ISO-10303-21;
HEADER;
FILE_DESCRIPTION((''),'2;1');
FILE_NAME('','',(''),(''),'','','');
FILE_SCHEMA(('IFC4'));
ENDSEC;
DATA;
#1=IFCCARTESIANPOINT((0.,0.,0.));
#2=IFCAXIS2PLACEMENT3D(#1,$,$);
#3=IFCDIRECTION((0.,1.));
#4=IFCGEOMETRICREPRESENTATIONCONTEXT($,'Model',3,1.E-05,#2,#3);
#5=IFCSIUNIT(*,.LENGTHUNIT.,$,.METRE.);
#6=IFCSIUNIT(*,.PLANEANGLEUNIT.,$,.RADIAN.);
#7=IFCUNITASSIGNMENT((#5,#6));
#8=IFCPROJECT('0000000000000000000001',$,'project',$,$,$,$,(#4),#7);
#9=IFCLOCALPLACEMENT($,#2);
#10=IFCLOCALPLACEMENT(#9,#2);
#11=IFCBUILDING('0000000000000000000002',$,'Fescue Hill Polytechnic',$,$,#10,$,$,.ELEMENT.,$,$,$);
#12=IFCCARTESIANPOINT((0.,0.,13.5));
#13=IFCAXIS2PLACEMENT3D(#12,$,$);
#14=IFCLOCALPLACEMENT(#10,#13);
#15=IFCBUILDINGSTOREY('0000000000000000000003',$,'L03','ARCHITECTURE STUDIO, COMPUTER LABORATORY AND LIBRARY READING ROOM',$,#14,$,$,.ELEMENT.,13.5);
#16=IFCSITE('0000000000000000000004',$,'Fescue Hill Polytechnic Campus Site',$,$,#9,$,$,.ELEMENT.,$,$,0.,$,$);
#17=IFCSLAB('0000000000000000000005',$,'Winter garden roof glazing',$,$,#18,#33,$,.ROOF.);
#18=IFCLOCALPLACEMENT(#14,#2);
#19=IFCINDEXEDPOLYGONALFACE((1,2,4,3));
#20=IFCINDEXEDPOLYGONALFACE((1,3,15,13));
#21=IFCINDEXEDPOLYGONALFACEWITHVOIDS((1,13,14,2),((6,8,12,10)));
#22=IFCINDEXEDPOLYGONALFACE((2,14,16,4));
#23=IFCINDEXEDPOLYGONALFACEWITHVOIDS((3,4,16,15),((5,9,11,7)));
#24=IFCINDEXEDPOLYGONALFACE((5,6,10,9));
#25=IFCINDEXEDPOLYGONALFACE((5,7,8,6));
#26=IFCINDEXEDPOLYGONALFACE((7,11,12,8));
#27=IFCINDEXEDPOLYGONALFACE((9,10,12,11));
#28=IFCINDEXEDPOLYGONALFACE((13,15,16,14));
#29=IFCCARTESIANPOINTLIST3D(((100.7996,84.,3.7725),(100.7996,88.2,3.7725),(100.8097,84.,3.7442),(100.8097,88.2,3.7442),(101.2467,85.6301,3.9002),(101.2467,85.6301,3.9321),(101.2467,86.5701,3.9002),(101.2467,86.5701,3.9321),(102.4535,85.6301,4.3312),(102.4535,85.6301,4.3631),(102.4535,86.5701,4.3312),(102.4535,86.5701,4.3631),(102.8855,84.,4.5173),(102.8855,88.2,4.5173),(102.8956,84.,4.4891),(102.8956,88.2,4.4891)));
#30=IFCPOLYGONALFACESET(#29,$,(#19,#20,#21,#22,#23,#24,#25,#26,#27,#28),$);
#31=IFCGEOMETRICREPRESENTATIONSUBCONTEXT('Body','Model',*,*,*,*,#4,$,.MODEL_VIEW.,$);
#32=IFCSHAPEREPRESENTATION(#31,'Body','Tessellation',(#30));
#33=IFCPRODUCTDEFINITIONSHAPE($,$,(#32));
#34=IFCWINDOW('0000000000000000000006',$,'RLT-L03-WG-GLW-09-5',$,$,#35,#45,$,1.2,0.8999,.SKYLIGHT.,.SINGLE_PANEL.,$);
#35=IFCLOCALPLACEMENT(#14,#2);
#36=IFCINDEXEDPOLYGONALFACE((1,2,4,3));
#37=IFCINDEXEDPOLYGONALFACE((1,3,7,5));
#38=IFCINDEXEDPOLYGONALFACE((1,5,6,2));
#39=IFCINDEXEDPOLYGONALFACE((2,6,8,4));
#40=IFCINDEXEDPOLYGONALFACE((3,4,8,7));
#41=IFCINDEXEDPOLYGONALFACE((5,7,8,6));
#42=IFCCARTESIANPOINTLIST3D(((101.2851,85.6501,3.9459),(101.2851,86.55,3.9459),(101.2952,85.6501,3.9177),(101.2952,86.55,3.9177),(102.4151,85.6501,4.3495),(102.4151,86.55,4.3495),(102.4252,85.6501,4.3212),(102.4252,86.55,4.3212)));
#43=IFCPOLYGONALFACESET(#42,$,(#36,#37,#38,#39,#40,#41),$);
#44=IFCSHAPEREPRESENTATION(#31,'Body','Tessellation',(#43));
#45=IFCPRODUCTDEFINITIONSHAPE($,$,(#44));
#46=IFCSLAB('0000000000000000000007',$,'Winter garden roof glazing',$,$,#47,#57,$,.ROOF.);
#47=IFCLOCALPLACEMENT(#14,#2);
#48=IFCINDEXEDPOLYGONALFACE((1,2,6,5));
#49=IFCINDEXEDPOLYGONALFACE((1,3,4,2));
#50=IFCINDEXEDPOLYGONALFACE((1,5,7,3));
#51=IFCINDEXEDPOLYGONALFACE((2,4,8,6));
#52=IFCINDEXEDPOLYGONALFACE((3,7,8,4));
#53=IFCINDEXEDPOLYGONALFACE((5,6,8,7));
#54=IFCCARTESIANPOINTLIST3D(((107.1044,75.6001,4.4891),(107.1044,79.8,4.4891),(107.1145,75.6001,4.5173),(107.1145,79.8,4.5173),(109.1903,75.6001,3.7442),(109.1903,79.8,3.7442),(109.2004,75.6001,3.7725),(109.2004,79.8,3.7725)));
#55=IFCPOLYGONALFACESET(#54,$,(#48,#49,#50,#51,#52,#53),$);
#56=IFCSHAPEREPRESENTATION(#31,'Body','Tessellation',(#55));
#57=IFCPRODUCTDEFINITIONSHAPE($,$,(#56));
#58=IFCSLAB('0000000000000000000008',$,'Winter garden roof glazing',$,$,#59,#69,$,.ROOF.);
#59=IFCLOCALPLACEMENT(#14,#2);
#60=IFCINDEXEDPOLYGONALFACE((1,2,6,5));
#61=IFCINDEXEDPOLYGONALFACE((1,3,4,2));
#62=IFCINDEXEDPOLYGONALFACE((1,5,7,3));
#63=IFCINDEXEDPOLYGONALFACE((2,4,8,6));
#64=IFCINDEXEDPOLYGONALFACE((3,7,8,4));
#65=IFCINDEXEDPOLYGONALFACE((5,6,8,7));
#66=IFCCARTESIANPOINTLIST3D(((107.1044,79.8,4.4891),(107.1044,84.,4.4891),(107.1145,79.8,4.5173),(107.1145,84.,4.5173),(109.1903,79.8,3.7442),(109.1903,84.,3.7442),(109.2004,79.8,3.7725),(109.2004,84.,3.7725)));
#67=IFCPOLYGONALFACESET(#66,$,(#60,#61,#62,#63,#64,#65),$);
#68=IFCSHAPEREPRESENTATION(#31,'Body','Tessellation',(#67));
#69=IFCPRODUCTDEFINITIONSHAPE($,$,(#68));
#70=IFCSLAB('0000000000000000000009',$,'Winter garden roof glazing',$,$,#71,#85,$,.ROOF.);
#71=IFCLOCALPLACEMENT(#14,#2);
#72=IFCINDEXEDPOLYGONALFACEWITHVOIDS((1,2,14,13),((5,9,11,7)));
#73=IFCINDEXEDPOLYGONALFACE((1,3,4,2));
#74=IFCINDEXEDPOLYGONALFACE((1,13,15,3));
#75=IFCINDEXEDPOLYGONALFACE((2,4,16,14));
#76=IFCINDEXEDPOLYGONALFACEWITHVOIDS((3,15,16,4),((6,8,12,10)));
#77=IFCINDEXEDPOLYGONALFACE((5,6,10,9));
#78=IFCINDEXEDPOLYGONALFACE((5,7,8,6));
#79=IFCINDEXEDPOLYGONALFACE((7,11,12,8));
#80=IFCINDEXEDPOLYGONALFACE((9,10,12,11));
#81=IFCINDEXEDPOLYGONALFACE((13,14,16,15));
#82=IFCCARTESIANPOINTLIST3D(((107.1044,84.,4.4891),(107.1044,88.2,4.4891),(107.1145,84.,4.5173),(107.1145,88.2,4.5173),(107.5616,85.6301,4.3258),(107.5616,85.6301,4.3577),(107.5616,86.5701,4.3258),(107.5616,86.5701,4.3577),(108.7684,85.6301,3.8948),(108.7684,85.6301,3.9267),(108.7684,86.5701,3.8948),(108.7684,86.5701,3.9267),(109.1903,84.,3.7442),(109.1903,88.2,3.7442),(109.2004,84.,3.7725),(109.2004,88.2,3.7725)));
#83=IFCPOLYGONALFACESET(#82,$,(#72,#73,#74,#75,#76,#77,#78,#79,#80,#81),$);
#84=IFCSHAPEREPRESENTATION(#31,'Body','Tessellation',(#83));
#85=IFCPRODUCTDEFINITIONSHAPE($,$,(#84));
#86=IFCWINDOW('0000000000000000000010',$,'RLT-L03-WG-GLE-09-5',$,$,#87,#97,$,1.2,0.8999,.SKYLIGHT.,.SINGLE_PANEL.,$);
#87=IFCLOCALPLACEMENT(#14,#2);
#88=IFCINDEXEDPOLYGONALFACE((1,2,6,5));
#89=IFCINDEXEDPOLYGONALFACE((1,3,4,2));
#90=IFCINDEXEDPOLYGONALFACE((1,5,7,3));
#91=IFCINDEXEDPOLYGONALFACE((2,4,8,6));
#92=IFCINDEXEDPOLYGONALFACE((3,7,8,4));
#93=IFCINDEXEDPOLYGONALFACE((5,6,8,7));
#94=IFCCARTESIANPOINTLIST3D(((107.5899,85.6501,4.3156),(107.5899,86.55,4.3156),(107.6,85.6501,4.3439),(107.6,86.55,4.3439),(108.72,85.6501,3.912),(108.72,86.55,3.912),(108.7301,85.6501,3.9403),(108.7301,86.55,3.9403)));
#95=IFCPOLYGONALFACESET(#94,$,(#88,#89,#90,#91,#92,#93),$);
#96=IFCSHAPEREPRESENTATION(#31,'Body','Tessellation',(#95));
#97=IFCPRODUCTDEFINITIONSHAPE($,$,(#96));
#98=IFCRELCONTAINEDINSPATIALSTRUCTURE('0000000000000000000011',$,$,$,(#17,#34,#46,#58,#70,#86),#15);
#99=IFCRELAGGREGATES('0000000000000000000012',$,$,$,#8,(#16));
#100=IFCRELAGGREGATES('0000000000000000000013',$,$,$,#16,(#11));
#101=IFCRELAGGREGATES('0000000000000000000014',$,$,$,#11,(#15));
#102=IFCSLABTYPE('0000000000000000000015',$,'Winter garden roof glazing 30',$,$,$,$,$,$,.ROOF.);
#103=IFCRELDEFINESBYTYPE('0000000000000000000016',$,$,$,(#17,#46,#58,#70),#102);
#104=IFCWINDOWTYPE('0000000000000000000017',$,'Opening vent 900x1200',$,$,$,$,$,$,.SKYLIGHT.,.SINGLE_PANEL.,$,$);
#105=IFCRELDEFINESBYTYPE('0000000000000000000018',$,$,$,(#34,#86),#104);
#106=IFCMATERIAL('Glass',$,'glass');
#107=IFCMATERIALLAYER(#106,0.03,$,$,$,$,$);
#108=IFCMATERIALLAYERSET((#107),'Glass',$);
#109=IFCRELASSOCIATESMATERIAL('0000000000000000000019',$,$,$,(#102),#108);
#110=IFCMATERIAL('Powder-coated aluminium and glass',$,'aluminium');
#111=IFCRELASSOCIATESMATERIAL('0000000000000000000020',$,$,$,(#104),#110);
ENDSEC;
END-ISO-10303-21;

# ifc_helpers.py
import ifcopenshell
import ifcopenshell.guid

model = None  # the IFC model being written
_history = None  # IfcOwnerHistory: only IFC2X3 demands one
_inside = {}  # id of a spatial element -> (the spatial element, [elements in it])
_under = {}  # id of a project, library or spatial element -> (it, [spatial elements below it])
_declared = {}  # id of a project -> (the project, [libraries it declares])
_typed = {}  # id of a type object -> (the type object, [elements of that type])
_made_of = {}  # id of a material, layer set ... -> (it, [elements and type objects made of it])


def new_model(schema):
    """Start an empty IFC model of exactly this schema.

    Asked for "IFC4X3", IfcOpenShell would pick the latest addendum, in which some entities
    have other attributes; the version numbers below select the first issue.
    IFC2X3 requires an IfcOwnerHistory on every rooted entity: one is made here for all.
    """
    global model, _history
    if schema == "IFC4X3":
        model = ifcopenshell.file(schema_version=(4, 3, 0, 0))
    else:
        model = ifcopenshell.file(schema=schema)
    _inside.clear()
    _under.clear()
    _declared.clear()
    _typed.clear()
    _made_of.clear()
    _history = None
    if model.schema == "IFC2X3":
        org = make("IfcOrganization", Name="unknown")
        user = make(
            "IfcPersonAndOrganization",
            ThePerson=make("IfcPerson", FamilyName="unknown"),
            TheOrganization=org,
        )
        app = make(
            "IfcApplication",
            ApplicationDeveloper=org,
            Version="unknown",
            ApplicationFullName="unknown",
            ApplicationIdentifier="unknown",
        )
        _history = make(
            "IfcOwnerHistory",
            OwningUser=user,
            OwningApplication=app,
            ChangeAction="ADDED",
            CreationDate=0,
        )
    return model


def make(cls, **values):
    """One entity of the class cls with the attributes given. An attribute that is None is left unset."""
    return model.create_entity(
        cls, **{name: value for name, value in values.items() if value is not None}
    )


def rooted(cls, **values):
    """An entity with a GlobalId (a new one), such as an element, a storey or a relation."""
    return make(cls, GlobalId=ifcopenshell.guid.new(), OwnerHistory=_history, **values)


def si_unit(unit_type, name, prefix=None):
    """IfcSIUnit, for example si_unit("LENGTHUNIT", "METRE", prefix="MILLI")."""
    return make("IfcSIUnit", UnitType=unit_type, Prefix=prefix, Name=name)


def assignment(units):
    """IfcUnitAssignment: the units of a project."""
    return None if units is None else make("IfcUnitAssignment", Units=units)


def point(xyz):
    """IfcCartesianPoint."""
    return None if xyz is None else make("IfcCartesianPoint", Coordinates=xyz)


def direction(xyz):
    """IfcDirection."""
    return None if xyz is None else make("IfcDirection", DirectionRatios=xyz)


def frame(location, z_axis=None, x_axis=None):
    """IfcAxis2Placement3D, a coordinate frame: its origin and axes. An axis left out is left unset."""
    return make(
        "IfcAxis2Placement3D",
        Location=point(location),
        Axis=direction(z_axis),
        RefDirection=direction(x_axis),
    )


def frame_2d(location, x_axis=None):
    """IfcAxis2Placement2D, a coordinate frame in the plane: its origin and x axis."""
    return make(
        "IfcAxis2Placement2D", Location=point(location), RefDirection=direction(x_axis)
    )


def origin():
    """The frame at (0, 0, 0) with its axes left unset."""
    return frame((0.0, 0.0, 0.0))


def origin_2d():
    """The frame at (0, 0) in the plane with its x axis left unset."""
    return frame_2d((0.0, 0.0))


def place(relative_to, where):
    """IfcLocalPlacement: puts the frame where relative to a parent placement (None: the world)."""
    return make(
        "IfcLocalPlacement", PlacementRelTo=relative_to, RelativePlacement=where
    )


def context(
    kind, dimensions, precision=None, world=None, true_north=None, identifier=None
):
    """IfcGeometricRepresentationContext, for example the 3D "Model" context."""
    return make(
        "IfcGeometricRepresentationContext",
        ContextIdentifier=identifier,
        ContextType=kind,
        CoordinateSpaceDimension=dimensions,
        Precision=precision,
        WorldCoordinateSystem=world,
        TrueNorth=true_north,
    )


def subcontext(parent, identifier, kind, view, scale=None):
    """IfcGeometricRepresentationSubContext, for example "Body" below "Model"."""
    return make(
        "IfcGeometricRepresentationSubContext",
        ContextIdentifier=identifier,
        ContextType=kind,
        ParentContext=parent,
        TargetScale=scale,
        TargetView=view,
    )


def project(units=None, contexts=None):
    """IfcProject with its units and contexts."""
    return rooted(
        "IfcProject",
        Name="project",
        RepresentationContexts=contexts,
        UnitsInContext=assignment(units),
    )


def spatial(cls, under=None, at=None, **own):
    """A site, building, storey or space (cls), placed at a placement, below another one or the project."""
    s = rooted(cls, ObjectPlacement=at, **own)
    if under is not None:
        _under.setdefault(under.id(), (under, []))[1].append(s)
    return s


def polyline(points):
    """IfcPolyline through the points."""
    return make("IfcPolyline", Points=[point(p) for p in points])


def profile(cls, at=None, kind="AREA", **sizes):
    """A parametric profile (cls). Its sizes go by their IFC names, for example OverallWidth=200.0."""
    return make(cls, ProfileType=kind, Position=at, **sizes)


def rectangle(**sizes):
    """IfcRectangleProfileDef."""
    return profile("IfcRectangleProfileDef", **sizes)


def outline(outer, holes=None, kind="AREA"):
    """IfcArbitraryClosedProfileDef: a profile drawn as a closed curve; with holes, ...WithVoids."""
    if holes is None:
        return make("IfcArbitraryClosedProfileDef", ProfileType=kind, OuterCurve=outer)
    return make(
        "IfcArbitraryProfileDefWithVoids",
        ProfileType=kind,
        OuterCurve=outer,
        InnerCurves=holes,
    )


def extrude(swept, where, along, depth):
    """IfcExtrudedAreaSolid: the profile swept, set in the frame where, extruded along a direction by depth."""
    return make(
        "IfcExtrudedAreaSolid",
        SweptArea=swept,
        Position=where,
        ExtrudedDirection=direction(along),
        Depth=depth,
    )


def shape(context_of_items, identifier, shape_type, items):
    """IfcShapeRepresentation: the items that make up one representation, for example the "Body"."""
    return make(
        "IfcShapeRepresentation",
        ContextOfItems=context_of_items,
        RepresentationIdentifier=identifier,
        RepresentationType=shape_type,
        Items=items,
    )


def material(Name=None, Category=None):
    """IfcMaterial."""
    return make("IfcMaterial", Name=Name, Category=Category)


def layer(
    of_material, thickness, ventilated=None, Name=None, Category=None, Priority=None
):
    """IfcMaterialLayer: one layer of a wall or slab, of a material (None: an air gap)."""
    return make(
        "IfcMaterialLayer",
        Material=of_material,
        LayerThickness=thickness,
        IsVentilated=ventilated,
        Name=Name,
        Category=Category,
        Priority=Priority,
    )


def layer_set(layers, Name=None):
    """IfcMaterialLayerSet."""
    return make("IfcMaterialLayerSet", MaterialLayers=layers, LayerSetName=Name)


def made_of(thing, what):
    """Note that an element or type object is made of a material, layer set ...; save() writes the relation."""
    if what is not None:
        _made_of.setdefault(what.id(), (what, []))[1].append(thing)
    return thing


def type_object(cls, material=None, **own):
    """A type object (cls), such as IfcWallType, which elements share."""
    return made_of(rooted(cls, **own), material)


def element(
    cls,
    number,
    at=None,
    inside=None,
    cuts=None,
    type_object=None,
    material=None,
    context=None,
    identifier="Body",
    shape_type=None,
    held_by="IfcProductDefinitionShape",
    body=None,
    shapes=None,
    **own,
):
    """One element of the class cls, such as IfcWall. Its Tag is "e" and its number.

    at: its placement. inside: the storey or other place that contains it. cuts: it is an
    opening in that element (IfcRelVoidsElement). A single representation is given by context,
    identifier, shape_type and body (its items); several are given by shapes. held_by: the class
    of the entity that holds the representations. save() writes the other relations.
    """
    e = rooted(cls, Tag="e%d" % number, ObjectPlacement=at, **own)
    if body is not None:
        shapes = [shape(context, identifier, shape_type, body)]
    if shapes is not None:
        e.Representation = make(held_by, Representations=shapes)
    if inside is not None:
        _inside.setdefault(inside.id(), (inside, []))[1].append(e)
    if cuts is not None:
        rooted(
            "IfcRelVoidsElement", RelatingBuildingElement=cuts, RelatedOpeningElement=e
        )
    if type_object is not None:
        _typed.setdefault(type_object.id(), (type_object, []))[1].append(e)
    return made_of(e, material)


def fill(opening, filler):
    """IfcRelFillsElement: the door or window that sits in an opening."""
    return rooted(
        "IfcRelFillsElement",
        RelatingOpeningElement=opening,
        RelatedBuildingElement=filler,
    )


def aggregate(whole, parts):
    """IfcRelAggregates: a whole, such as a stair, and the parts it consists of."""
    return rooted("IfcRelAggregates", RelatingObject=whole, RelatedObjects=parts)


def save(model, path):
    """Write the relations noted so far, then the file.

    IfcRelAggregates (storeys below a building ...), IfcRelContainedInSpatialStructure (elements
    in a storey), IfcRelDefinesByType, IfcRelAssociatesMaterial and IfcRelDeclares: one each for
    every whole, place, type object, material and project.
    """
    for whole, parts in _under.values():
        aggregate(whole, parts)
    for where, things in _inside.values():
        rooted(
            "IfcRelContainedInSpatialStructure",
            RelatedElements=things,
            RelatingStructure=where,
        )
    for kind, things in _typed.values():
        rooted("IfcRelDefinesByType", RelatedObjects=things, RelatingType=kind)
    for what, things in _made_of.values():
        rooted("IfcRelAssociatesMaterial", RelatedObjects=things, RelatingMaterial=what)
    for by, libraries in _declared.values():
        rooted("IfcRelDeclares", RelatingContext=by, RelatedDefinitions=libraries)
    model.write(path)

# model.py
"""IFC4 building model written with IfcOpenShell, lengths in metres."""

from ifc_helpers import new_model, si_unit, direction, frame, origin, origin_2d, place, context, subcontext, project, spatial, polyline, rectangle, outline, extrude, material, layer, layer_set, type_object, element, fill, save


model = new_model("IFC4")

# Units and contexts
model_context = context("Model", 3, precision=1e-05, world=origin(), true_north=direction((0.0, 1.0)))
body_context = subcontext(model_context, "Body", "Model", "MODEL_VIEW")
ifc_project = project(units=[si_unit("LENGTHUNIT", "METRE"), si_unit("PLANEANGLEUNIT", "RADIAN")], contexts=[model_context])

# Site, building, storey
site_placement = place(None, origin())
site = spatial("IfcSite", under=ifc_project, at=site_placement, Name="Fescue Hill Polytechnic Campus Site", CompositionType="ELEMENT", RefElevation=0.0)
building_placement = place(site_placement, origin())
building = spatial("IfcBuilding", under=site, at=building_placement, Name="Fescue Hill Polytechnic", CompositionType="ELEMENT")
storey_placement = place(building_placement, frame((0.0, 0.0, 13.5)))
storey = spatial("IfcBuildingStorey", under=building, at=storey_placement, Name="L03", Description="ARCHITECTURE STUDIO, COMPUTER LABORATORY AND LIBRARY READING ROOM", CompositionType="ELEMENT", Elevation=13.5)

# Shared definitions
ifc_material_1 = material(Name="Glass", Category="glass")
ifc_layer = layer(ifc_material_1, 0.03)
ifc_layer_set = layer_set([ifc_layer], Name="Glass")
slab_type = type_object("IfcSlabType", Name="Winter garden roof glazing 30", PredefinedType="ROOF", material=ifc_layer_set)

# Slab, opening, window
slab_1_placement = place(storey_placement, frame((100.7996, 84.0, 3.7725), z_axis=(-0.336295, 0.0, 0.941757), x_axis=(0.0, 1.0, 0.0)))
slab_1 = element("IfcSlab", 1, at=slab_1_placement, inside=storey, type_object=slab_type, Name="Winter garden roof glazing", PredefinedType="ROOF", context=body_context, shape_type="SweptSolid", body=[
    extrude(outline(polyline([(0.0, 0.0), (4.2, 0.0), (4.2, -2.2149), (0.0, -2.2149), (0.0, 0.0)])), origin(), (0.0, 0.0, -1.0), 0.03),
])
opening_1_placement = place(storey_placement, frame((101.8501, 86.1001, 3.8015)))
opening_1 = element("IfcOpeningElement", 2, at=opening_1_placement, cuts=slab_1, PredefinedType="OPENING", context=body_context, shape_type="SweptSolid", body=[
    extrude(rectangle(XDim=1.2068, YDim=0.9399, at=origin_2d()), origin(), (0.0, 0.0, 1.0), 0.6604),
])
ifc_material_2 = material(Name="Powder-coated aluminium and glass", Category="aluminium")
window_type = type_object("IfcWindowType", Name="Opening vent 900x1200", PartitioningType="SINGLE_PANEL", PredefinedType="SKYLIGHT", material=ifc_material_2)
window_1_placement = place(storey_placement, frame((101.8501, 86.1001, 4.1477), z_axis=(-0.336295, 0.0, 0.941757), x_axis=(0.0, 1.0, 0.0)))
window_1 = element("IfcWindow", 3, at=window_1_placement, inside=storey, type_object=window_type, Name="RLT-L03-WG-GLW-09-5", OverallHeight=1.2, OverallWidth=0.8999, PartitioningType="SINGLE_PANEL", PredefinedType="SKYLIGHT", context=body_context, shape_type="SweptSolid", body=[
    extrude(rectangle(XDim=0.8999, YDim=1.2, at=origin_2d()), origin(), (0.0, 0.0, -1.0), 0.03),
])
fill(opening_1, window_1)

# Slabs
for number, where, z_axis, x_axis, name in (
    (4, (109.2004, 75.6001, 3.7725), (0.336295, 0.0, 0.941757), (0.0, 1.0, 0.0), "Winter garden roof glazing"),
    (5, (109.2004, 79.8, 3.7725), (0.336295, 0.0, 0.941757), (0.0, 1.0, 0.0), "Winter garden roof glazing"),
):
    element("IfcSlab", number, at=place(storey_placement, frame(where, z_axis=z_axis, x_axis=x_axis)), inside=storey, type_object=slab_type, Name=name, PredefinedType="ROOF", context=body_context, shape_type="SweptSolid", body=[
        extrude(outline(polyline([(0.0, 0.0), (4.2, 0.0), (4.2, 2.2149), (0.0, 2.2149), (0.0, 0.0)])), origin(), (0.0, 0.0, -1.0), 0.03),
    ])

# Slab, opening, window
slab_2_placement = place(storey_placement, frame((109.2004, 84.0, 3.7725), z_axis=(0.336295, 0.0, 0.941757), x_axis=(0.0, 1.0, 0.0)))
slab_2 = element("IfcSlab", 6, at=slab_2_placement, inside=storey, type_object=slab_type, Name="Winter garden roof glazing", PredefinedType="ROOF", context=body_context, shape_type="SweptSolid", body=[
    extrude(outline(polyline([(0.0, 0.0), (4.2, 0.0), (4.2, 2.2149), (0.0, 2.2149), (0.0, 0.0)])), origin(), (0.0, 0.0, -1.0), 0.03),
])
opening_2_placement = place(storey_placement, frame((108.165, 86.1001, 3.7961)))
opening_2 = element("IfcOpeningElement", 7, at=opening_2_placement, cuts=slab_2, PredefinedType="OPENING", context=body_context, shape_type="SweptSolid", body=[
    extrude(rectangle(XDim=1.2068, YDim=0.9399, at=origin_2d()), origin(), (0.0, 0.0, 1.0), 0.6604),
])
window_2_placement = place(storey_placement, frame((108.165, 86.1001, 4.1421), z_axis=(0.336295, 0.0, 0.941757), x_axis=(0.0, 1.0, 0.0)))
window_2 = element("IfcWindow", 8, at=window_2_placement, inside=storey, type_object=window_type, Name="RLT-L03-WG-GLE-09-5", OverallHeight=1.2, OverallWidth=0.8999, PartitioningType="SINGLE_PANEL", PredefinedType="SKYLIGHT", context=body_context, shape_type="SweptSolid", body=[
    extrude(rectangle(XDim=0.8999, YDim=1.2, at=origin_2d()), origin(), (0.0, 0.0, -1.0), 0.03),
])
fill(opening_2, window_2)

save(model, "model.ifc")
